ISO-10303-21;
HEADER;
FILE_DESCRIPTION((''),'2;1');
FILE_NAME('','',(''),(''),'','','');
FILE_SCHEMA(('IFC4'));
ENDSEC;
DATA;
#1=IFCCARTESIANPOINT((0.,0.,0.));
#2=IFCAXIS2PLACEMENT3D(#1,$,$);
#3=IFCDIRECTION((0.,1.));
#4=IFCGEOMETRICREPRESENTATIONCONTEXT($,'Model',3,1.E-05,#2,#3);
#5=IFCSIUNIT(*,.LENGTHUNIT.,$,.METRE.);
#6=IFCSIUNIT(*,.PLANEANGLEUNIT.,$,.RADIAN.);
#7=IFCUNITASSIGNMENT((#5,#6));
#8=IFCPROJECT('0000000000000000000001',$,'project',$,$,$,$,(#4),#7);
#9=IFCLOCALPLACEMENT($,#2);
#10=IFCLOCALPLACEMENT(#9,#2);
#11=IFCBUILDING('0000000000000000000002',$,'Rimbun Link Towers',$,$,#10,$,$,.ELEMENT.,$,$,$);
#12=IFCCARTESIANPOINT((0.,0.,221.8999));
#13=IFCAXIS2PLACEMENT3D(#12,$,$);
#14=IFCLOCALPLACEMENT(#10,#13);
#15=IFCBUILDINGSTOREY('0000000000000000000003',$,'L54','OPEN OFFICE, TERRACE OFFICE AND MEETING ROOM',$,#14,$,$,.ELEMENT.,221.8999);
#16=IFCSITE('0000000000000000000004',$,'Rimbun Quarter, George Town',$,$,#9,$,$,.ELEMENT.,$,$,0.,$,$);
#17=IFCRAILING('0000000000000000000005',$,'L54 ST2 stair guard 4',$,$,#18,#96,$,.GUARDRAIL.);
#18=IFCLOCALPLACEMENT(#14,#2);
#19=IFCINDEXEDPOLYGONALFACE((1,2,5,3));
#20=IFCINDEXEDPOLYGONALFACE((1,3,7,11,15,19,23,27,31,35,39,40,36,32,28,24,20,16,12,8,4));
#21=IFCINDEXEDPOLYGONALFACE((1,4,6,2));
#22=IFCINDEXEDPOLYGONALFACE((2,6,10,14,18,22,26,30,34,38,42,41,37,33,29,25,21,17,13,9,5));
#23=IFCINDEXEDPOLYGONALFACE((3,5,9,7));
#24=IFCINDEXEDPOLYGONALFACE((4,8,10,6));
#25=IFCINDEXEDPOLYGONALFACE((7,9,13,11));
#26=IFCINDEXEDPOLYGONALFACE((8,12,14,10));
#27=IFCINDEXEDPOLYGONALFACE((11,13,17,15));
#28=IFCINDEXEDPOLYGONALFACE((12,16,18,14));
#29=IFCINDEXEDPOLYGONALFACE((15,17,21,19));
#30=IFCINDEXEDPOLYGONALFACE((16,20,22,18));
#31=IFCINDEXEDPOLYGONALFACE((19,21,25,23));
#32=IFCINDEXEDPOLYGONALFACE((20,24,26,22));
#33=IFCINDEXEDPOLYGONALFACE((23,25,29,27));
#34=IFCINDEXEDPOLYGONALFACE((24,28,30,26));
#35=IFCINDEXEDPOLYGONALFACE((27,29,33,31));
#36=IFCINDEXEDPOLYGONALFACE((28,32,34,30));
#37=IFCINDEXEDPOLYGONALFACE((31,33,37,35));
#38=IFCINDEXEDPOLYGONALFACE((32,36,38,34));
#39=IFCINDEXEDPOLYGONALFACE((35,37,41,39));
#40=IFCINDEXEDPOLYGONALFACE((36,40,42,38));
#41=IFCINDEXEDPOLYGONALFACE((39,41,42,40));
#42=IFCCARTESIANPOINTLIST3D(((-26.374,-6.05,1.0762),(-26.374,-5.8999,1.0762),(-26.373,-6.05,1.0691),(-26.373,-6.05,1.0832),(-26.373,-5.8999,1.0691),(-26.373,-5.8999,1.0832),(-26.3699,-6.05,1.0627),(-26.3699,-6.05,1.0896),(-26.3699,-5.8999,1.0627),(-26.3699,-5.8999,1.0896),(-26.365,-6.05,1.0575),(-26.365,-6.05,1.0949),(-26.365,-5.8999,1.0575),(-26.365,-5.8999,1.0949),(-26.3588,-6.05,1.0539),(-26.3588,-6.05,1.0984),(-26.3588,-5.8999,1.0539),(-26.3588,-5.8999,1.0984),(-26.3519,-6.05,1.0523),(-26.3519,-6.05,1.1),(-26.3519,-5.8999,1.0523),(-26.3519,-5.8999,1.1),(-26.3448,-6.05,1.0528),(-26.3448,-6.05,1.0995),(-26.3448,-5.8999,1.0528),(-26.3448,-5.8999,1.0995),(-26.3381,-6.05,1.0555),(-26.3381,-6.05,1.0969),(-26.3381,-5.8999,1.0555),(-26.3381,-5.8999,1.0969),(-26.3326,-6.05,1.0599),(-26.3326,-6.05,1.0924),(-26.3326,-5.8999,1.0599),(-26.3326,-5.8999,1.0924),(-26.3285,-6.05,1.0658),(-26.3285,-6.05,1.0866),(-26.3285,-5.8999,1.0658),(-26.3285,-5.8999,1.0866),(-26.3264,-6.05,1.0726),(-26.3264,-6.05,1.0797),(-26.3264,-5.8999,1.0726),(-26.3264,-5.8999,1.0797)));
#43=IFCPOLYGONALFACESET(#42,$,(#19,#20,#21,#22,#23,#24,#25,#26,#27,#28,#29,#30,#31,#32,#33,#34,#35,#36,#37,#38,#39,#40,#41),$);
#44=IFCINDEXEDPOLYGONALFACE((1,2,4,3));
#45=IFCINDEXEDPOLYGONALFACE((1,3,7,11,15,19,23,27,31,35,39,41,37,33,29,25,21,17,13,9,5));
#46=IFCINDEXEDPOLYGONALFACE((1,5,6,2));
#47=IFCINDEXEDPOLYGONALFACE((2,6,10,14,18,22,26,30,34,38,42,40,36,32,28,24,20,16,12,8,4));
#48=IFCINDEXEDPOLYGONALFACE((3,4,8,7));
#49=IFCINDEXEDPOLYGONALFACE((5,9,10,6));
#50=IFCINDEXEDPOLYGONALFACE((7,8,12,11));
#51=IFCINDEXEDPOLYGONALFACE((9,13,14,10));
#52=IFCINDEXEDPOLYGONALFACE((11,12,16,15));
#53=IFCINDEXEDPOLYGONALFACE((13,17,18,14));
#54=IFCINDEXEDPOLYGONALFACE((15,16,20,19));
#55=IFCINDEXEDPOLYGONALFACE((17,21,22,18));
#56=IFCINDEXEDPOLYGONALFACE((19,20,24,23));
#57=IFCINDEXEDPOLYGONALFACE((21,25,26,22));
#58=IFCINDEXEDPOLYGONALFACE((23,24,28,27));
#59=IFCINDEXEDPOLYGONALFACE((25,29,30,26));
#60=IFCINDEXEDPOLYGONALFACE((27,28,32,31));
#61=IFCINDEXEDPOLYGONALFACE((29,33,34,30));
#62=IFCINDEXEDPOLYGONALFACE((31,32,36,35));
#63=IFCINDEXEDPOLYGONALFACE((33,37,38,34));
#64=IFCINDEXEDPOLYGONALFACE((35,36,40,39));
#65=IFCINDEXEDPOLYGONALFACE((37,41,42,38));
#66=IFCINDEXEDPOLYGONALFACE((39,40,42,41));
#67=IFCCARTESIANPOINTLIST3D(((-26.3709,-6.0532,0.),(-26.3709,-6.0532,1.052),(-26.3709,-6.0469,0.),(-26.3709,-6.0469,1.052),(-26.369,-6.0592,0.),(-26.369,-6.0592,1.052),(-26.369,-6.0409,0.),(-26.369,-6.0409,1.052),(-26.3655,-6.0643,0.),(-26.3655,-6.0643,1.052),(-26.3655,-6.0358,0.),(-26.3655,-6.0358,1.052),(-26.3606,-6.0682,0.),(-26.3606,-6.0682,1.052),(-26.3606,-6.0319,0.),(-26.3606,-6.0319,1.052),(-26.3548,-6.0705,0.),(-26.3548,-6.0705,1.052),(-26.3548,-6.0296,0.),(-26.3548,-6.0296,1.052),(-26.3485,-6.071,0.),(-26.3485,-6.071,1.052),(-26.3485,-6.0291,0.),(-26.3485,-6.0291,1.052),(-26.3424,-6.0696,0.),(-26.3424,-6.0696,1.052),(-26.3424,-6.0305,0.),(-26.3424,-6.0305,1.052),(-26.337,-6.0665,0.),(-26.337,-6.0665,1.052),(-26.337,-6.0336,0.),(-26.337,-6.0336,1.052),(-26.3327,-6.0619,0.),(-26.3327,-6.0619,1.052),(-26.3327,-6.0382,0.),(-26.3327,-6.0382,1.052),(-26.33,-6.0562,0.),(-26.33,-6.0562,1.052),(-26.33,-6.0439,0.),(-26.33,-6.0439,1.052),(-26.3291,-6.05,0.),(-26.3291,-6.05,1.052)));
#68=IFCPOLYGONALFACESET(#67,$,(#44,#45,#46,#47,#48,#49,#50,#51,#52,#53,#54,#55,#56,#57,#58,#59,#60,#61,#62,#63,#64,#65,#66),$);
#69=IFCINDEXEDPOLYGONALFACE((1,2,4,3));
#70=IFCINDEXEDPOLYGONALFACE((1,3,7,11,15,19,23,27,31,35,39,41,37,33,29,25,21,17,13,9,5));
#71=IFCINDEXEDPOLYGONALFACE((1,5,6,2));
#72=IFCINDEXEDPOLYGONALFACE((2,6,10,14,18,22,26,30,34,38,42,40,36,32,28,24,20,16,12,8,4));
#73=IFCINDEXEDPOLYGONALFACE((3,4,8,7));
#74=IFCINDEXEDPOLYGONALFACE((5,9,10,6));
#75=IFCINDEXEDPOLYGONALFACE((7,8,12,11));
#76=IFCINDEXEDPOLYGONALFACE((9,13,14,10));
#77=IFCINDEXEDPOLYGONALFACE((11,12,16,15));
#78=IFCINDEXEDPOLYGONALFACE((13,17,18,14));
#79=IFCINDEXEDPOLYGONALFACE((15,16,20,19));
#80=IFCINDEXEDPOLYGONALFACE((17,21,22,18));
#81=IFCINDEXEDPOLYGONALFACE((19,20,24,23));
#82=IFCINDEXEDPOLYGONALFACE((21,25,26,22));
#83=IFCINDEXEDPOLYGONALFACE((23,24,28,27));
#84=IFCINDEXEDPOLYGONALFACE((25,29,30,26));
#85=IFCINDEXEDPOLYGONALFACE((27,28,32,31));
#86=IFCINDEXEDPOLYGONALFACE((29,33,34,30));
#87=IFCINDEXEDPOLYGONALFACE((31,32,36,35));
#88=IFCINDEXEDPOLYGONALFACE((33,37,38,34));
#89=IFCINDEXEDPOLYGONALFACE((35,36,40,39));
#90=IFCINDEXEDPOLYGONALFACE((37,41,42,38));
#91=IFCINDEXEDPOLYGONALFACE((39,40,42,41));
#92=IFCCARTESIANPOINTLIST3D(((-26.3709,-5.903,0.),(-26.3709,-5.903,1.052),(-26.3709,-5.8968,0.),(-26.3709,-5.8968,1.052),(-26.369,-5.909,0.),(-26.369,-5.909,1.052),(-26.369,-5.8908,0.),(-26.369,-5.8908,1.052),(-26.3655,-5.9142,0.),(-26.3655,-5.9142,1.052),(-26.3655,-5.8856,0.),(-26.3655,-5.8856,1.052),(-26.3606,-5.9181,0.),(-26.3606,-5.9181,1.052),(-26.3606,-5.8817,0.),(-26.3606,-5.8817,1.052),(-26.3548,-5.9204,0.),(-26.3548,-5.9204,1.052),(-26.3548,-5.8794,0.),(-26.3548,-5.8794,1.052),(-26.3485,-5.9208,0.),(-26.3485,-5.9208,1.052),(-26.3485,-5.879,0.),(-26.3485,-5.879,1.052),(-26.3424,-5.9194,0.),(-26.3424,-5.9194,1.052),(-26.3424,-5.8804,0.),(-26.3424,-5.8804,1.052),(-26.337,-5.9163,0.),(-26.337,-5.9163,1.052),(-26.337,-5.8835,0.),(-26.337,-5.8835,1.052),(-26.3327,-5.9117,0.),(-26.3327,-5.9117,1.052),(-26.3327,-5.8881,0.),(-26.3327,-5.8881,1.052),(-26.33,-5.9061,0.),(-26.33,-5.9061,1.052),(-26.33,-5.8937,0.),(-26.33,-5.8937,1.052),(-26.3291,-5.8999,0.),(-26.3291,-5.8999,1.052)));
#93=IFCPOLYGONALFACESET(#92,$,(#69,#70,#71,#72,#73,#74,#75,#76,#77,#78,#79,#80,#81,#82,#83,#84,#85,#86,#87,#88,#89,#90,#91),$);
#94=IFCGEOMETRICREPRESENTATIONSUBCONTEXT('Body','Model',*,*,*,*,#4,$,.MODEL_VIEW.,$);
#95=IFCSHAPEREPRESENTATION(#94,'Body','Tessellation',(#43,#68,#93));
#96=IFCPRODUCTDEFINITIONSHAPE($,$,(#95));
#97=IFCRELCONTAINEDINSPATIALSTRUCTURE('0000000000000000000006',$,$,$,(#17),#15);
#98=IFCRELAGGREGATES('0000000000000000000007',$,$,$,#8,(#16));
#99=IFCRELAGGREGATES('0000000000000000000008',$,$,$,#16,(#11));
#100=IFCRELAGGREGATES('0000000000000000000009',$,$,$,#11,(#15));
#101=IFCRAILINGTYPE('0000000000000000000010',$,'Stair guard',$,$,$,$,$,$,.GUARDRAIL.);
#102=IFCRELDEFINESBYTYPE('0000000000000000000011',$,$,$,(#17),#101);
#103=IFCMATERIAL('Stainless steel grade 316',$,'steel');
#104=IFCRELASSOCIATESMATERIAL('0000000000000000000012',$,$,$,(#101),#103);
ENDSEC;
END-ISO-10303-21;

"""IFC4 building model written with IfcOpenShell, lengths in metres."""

from ifc_helpers import new_model, si_unit, direction, frame, origin, origin_2d, place, context, subcontext, project, spatial, circle, extrude, material, type_object, element, save


model = new_model("IFC4")

# Units and contexts
model_context = context("Model", 3, precision=1e-05, world=origin(), true_north=direction((0.0, 1.0)))
body_context = subcontext(model_context, "Body", "Model", "MODEL_VIEW")
ifc_project = project(units=[si_unit("LENGTHUNIT", "METRE"), si_unit("PLANEANGLEUNIT", "RADIAN")], contexts=[model_context])

# Site, building, storey
site_placement = place(None, origin())
site = spatial("IfcSite", under=ifc_project, at=site_placement, Name="Rimbun Quarter, George Town", CompositionType="ELEMENT", RefElevation=0.0)
building_placement = place(site_placement, origin())
building = spatial("IfcBuilding", under=site, at=building_placement, Name="Rimbun Link Towers", CompositionType="ELEMENT")
storey_placement = place(building_placement, frame((0.0, 0.0, 221.8999)))
storey = spatial("IfcBuildingStorey", under=building, at=storey_placement, Name="L54", Description="OPEN OFFICE, TERRACE OFFICE AND MEETING ROOM", CompositionType="ELEMENT", Elevation=221.8999)

# Railing
ifc_material_1 = material(Name="Stainless steel grade 316", Category="steel")
railing_type_1 = type_object("IfcRailingType", Name="Stair guard", PredefinedType="GUARDRAIL", material=ifc_material_1)
railing_1_placement = place(storey_placement, frame((-26.3501, -6.05, 0.0)))
element("IfcRailing", 1, at=railing_1_placement, inside=storey, type_object=railing_type_1, Name="L54 ST2 stair guard 4", PredefinedType="GUARDRAIL", context=body_context, shape_type="SweptSolid", body=[
    extrude(circle(Radius=0.0239, at=origin_2d()), frame((0.0, 0.0, 1.0762), z_axis=(0.0, 1.0, 0.0), x_axis=(-1.0, 0.0, 0.0)), (0.0, 0.0, 1.0), 0.1501),
    extrude(circle(Radius=0.021, at=origin_2d()), origin(), (0.0, 0.0, 1.0), 1.052),
    extrude(circle(Radius=0.021, at=origin_2d()), frame((0.0, 0.1501, 0.0)), (0.0, 0.0, 1.0), 1.052),
])

save(model, "model.ifc")
